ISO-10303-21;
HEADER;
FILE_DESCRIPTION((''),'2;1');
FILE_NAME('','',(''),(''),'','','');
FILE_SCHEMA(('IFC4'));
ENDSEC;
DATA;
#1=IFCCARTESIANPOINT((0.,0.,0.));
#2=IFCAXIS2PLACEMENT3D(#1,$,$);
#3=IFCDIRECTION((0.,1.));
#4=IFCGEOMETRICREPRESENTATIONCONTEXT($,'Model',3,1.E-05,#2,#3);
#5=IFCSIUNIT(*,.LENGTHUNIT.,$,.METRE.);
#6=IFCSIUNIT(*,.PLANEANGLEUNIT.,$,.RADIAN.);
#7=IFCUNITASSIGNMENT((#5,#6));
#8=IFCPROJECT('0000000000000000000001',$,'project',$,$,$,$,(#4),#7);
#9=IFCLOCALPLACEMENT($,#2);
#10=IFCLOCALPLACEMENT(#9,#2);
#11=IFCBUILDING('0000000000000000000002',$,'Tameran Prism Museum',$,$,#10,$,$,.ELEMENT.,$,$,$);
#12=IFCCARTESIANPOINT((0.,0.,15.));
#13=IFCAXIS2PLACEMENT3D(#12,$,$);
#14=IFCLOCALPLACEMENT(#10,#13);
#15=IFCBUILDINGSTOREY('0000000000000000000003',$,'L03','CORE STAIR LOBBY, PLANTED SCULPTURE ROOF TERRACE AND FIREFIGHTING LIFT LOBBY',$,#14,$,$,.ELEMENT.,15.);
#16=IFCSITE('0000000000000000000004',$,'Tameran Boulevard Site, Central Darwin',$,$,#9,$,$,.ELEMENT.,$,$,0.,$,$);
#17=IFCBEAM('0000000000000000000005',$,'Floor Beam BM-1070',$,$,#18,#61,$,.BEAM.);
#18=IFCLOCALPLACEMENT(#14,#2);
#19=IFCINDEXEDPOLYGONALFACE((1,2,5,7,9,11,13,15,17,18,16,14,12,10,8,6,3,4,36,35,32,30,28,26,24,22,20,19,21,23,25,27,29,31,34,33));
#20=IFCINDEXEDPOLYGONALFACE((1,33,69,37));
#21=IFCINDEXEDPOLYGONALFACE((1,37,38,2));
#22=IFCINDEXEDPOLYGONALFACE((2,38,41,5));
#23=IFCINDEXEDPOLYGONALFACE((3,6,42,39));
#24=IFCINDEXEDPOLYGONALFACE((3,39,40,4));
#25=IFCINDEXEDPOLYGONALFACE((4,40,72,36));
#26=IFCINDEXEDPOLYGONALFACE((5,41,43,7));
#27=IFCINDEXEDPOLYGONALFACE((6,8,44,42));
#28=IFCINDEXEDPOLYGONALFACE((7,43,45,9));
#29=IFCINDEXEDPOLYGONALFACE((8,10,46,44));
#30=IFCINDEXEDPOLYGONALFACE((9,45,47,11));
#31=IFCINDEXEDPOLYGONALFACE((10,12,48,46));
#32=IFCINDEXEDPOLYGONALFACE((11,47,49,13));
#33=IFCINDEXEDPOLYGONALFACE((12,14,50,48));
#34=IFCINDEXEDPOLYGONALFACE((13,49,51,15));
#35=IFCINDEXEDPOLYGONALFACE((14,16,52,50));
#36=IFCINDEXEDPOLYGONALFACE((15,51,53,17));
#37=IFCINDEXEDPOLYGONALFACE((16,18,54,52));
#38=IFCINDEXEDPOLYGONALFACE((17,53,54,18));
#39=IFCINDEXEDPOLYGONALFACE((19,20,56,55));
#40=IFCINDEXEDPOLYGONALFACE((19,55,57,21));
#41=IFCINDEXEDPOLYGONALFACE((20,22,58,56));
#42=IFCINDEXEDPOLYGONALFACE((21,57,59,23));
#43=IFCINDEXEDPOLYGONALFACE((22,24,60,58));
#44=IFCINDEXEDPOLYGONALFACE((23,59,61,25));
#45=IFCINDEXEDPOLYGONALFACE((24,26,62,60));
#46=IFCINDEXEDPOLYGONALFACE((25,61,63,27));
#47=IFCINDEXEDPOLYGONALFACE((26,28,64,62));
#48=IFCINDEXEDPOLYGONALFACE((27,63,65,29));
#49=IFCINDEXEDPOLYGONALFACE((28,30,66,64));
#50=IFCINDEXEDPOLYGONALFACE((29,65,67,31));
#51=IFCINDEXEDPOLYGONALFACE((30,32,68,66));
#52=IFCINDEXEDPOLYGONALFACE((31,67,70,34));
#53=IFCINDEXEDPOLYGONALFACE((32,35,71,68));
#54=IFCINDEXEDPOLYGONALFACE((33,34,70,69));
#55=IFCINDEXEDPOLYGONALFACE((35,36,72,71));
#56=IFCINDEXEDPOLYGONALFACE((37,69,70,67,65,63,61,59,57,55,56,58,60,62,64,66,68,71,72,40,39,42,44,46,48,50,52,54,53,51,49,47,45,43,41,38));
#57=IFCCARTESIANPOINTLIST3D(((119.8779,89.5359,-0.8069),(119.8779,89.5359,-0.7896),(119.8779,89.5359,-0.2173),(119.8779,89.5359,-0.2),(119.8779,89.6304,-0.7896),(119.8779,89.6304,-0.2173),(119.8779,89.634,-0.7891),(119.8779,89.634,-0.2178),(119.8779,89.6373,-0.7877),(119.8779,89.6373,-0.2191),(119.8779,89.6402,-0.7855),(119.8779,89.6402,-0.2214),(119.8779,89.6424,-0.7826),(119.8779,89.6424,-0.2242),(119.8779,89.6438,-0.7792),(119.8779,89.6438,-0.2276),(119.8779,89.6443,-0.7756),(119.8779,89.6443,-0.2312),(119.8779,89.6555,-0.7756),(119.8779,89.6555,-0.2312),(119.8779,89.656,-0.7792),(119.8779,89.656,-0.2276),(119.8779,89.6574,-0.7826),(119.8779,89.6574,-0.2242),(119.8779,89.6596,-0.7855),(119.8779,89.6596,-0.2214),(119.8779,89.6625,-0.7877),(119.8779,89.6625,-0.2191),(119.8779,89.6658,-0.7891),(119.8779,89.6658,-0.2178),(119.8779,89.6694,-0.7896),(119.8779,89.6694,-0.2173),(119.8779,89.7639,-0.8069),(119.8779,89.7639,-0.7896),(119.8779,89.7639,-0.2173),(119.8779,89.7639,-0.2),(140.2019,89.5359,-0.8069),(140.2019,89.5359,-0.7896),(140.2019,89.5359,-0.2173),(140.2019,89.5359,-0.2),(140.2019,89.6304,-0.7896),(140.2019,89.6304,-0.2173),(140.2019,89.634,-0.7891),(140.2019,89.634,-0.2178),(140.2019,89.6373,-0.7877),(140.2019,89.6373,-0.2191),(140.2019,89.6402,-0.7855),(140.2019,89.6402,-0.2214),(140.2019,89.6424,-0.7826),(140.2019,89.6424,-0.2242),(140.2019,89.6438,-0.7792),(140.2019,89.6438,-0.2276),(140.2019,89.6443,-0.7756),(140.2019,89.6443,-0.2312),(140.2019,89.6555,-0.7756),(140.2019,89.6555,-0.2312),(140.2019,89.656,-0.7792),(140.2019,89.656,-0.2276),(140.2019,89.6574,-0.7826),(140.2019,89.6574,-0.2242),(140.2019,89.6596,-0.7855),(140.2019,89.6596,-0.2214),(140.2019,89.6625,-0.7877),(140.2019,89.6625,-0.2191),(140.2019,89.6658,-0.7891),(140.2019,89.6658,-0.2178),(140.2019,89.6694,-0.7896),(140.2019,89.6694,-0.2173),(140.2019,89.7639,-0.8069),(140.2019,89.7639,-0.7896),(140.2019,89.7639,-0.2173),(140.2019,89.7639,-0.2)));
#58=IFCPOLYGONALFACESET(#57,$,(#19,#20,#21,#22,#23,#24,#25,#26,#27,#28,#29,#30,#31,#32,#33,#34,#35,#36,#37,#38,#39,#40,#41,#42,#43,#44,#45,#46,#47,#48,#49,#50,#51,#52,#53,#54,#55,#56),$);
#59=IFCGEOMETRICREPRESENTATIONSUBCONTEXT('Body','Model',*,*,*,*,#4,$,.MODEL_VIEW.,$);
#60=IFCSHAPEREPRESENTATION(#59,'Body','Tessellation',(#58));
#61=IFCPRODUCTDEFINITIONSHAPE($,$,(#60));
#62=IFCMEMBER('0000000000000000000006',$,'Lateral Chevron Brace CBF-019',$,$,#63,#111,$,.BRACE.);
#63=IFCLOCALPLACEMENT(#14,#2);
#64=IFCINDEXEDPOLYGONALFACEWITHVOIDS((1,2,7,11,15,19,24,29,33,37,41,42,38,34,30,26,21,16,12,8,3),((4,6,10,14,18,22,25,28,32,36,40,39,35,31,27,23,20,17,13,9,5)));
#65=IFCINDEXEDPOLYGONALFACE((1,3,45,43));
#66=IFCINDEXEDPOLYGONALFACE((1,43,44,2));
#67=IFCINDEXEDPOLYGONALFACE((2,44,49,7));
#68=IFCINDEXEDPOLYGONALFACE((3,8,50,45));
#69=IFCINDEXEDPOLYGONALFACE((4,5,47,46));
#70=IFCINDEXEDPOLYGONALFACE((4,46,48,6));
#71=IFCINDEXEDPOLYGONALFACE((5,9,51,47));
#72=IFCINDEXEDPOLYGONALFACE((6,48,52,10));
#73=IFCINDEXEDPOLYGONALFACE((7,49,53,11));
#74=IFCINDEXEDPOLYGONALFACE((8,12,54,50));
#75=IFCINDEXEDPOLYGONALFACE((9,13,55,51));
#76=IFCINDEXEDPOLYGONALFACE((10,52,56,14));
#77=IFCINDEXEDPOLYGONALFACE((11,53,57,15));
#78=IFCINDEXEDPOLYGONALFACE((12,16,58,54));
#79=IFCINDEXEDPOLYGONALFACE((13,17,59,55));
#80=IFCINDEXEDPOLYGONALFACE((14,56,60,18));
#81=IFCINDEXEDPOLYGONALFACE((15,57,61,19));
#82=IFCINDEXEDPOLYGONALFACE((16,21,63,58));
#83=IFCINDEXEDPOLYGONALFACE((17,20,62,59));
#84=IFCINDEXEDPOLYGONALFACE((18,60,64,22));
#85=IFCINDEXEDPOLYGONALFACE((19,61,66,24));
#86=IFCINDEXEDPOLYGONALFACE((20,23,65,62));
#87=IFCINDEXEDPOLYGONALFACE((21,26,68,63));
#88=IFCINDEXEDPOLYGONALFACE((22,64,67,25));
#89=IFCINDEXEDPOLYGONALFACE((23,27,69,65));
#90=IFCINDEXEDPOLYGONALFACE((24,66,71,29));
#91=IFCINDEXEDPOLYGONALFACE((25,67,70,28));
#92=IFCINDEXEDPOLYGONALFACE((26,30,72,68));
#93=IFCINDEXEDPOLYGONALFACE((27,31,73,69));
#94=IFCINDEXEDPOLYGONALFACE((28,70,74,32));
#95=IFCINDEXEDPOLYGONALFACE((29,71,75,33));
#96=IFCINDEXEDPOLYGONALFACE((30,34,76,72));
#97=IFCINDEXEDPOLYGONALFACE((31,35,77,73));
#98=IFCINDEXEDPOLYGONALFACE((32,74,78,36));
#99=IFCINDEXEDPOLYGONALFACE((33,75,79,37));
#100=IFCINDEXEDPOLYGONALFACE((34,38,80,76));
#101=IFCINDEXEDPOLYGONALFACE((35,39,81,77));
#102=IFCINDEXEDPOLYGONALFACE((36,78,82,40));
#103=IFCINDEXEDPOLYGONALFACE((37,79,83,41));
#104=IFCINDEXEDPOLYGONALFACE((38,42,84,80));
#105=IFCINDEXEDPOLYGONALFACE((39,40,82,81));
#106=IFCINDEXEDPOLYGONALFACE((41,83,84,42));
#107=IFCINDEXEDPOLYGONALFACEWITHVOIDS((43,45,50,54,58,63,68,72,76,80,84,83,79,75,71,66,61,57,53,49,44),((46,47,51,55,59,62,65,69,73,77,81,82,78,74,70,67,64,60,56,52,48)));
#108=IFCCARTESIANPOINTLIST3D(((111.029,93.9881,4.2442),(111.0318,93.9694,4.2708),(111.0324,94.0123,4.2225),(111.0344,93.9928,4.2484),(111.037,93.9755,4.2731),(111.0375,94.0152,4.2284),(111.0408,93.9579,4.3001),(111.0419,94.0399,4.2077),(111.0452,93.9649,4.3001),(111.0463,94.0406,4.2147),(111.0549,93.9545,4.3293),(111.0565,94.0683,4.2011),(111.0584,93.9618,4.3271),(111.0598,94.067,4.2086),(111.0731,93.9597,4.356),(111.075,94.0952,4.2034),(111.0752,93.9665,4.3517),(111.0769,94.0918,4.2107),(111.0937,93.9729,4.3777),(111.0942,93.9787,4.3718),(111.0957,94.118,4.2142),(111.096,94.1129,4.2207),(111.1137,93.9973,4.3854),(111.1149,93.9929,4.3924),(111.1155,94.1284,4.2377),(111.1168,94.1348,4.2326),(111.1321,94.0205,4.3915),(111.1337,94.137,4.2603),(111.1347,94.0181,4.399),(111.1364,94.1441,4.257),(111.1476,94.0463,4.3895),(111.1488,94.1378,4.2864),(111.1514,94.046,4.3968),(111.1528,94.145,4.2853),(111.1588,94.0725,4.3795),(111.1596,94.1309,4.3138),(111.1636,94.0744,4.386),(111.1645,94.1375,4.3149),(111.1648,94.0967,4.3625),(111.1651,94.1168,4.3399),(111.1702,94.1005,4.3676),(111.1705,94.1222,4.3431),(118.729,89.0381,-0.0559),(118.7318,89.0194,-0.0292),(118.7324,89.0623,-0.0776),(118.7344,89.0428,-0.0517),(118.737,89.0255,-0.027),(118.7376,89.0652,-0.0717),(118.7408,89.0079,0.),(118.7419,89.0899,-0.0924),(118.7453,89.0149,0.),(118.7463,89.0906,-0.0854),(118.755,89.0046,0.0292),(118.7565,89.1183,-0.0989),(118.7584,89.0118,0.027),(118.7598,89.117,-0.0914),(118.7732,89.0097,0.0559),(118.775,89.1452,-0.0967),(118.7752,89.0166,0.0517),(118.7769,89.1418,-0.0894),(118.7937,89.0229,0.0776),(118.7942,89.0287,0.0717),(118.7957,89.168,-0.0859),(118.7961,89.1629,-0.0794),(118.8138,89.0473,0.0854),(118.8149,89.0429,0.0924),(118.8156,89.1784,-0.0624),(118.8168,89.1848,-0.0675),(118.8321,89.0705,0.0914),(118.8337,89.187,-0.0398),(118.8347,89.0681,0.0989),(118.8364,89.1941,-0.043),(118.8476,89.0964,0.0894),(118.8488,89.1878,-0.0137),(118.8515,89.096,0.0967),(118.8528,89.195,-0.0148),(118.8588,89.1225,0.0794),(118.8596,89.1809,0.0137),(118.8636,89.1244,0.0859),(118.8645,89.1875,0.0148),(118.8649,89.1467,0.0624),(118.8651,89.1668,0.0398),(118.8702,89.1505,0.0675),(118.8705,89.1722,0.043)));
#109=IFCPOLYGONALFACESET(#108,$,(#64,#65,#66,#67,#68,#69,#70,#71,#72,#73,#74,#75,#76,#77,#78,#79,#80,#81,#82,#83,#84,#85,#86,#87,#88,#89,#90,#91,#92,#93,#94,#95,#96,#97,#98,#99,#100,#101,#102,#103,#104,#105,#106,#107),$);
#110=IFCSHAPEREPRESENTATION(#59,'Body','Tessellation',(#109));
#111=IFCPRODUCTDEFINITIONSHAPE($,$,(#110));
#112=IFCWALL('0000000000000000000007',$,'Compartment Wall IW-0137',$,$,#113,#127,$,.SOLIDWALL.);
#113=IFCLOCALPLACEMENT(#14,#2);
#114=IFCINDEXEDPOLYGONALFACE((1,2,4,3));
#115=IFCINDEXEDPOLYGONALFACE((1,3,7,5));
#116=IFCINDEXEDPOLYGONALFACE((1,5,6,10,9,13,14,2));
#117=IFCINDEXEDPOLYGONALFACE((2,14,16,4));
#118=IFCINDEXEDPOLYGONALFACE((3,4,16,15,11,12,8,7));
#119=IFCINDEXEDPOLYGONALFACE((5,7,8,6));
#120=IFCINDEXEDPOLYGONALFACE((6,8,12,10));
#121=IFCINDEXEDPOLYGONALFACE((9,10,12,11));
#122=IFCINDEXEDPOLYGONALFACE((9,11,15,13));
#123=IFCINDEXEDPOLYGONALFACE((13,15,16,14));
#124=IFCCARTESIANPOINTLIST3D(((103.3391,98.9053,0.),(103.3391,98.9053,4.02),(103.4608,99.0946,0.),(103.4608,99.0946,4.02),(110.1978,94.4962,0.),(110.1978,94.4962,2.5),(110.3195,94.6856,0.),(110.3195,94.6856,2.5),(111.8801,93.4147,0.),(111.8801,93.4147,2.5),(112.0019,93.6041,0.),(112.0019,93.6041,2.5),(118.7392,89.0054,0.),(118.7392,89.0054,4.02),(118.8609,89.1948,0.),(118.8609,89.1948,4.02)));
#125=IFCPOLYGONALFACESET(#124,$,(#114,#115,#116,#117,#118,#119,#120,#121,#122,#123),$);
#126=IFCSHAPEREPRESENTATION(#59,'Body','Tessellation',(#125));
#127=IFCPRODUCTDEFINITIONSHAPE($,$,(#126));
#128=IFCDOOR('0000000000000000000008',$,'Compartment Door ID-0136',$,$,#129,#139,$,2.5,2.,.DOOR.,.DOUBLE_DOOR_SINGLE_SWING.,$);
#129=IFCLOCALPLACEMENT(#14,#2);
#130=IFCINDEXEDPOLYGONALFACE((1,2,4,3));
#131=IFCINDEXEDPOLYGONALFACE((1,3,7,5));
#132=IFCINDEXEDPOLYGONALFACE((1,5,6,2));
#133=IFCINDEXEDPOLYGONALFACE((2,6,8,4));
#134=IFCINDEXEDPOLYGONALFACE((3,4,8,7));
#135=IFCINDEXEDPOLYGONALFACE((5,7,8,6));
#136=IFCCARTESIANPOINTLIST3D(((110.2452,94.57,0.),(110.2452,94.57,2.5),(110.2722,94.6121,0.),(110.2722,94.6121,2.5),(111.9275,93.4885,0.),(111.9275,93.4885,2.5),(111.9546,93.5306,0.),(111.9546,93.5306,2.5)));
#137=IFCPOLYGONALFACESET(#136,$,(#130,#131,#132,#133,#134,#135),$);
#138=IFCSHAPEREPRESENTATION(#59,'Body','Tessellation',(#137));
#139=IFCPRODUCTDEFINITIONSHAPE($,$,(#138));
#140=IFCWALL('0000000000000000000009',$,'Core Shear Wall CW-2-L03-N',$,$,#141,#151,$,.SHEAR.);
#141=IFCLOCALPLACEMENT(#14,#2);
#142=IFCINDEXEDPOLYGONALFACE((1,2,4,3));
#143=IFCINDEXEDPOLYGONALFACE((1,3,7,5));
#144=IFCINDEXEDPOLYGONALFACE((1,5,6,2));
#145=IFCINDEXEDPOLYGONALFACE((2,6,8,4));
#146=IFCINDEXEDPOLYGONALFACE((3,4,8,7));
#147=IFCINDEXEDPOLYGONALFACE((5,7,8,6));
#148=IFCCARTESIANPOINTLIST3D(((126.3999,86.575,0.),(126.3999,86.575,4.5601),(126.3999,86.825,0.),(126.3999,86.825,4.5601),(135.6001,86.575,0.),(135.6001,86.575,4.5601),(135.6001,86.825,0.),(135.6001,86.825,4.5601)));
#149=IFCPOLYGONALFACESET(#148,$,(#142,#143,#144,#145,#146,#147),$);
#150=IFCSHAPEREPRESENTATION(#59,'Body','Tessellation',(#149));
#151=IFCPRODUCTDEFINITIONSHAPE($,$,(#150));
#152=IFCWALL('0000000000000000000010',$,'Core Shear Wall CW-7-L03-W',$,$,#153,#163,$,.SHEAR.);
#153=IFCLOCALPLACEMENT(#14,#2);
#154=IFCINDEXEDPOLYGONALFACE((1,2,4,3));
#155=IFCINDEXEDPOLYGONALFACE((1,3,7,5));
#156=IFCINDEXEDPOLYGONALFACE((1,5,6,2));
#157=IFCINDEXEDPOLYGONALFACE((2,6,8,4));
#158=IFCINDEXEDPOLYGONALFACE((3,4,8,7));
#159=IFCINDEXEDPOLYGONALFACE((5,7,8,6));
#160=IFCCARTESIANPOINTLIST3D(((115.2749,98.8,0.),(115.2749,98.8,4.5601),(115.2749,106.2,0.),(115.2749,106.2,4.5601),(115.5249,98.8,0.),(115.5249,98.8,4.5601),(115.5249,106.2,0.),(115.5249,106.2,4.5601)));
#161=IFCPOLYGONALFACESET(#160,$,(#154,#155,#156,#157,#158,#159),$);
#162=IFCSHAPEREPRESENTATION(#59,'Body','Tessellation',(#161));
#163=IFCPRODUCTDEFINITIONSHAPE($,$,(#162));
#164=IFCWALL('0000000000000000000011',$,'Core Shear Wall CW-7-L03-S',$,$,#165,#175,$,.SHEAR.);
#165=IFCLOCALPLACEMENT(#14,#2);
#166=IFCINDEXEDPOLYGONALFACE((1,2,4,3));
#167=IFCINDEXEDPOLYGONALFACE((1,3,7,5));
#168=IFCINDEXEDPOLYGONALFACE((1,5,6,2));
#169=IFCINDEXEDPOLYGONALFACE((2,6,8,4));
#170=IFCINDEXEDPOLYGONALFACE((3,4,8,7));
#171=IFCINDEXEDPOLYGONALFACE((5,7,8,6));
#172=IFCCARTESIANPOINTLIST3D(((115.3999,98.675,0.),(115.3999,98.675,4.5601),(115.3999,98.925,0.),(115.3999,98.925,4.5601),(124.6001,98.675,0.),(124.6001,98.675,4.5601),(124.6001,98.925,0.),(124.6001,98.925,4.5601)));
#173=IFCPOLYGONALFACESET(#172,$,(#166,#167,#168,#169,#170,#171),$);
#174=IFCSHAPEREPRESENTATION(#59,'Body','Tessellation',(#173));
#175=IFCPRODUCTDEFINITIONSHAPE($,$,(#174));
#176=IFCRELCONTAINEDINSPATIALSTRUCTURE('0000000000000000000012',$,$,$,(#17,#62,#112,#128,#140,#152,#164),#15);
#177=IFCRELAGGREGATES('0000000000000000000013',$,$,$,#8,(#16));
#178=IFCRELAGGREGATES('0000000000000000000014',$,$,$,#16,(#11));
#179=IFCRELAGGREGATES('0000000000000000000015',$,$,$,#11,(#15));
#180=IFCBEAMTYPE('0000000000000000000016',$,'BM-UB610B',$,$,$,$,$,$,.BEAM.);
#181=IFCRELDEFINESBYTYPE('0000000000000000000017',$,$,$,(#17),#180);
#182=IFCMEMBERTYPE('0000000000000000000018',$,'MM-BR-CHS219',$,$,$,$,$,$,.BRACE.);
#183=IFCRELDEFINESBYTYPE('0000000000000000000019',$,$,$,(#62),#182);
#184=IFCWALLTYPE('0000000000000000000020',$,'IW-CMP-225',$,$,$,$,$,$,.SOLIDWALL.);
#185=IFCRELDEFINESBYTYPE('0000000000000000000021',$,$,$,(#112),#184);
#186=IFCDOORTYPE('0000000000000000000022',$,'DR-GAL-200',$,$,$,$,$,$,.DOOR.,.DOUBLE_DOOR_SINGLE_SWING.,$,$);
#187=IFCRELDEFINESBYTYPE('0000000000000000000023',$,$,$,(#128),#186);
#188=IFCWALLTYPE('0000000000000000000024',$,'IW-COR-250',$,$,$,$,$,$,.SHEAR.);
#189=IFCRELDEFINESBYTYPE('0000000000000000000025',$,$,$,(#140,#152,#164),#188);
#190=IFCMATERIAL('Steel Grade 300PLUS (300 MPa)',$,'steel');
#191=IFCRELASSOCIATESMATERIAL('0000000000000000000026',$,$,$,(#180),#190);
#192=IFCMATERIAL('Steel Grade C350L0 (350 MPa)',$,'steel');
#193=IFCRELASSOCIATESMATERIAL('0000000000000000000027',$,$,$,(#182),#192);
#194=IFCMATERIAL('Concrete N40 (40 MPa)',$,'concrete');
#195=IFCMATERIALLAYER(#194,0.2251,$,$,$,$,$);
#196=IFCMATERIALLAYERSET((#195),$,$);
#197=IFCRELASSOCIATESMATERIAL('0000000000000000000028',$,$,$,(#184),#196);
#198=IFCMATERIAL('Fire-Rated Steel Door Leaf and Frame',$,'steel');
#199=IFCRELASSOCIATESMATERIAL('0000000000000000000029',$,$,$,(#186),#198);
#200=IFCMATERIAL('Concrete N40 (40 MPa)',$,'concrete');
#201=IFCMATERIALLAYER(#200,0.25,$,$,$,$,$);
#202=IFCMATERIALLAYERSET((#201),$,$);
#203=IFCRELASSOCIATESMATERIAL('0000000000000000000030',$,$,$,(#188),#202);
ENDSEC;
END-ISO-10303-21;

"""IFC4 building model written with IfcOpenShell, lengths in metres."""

from ifc_helpers import new_model, si_unit, direction, frame, frame_2d, origin, origin_2d, place, context, subcontext, project, spatial, rectangle, hollow_circle, i_section, extrude, material, layer, layer_set, material_profile, profile_set, type_object, element, fill, save


model = new_model("IFC4")

# Units and contexts
model_context = context("Model", 3, precision=1e-05, world=origin(), true_north=direction((0.0, 1.0)))
body_context = subcontext(model_context, "Body", "Model", "MODEL_VIEW")
ifc_project = project(units=[si_unit("LENGTHUNIT", "METRE"), si_unit("PLANEANGLEUNIT", "RADIAN")], contexts=[model_context])

# Site, building, storey
site_placement = place(None, origin())
site = spatial("IfcSite", under=ifc_project, at=site_placement, Name="Tameran Boulevard Site, Central Darwin", CompositionType="ELEMENT", RefElevation=0.0)
building_placement = place(site_placement, origin())
building = spatial("IfcBuilding", under=site, at=building_placement, Name="Tameran Prism Museum", CompositionType="ELEMENT")
storey_placement = place(building_placement, frame((0.0, 0.0, 15.0)))
storey = spatial("IfcBuildingStorey", under=building, at=storey_placement, Name="L03", Description="CORE STAIR LOBBY, PLANTED SCULPTURE ROOF TERRACE AND FIREFIGHTING LIFT LOBBY", CompositionType="ELEMENT", Elevation=15.0)

# Beam
ifc_material_1 = material(Name="Steel Grade 300PLUS (300 MPa)", Category="steel")
ifc_material_profile_1 = material_profile(ifc_material_1, i_section(OverallWidth=0.228, OverallDepth=0.6069, WebThickness=0.0112, FlangeThickness=0.0173, FilletRadius=0.0139, at=origin_2d()))
ifc_profile_set_1 = profile_set([ifc_material_profile_1])
beam_type_1 = type_object("IfcBeamType", Name="BM-UB610B", PredefinedType="BEAM", material=ifc_profile_set_1)
beam_1_placement = place(storey_placement, frame((119.8779, 89.6499, -0.5034), z_axis=(1.0, 0.0, 0.0), x_axis=(0.0, 1.0, 0.0)))
element("IfcBeam", 1, at=beam_1_placement, inside=storey, type_object=beam_type_1, Name="Floor Beam BM-1070", PredefinedType="BEAM", context=body_context, shape_type="SweptSolid", body=[
    extrude(i_section(OverallWidth=0.228, OverallDepth=0.6069, WebThickness=0.0112, FlangeThickness=0.0173, FilletRadius=0.0139, at=origin_2d()), origin(), (0.0, 0.0, 1.0), 20.324),
])

# Member
ifc_material_2 = material(Name="Steel Grade C350L0 (350 MPa)", Category="steel")
ifc_material_profile_2 = material_profile(ifc_material_2, hollow_circle(Radius=0.1096, WallThickness=0.0083, at=origin_2d()))
ifc_profile_set_2 = profile_set([ifc_material_profile_2])
member_type = type_object("IfcMemberType", Name="MM-BR-CHS219", PredefinedType="BRACE", material=ifc_profile_set_2)
member_placement = place(storey_placement, frame((118.8, 89.1001, 0.0), z_axis=(-0.761358, 0.489443, 0.425182), x_axis=(-0.540756, -0.841179, 0.0)))
element("IfcMember", 2, at=member_placement, inside=storey, type_object=member_type, Name="Lateral Chevron Brace CBF-019", PredefinedType="BRACE", context=body_context, shape_type="SweptSolid", body=[
    extrude(hollow_circle(Radius=0.1096, WallThickness=0.0083, at=origin_2d()), origin(), (0.0, 0.0, 1.0), 10.1135),
])

# Wall, opening, door
ifc_material_3 = material(Name="Concrete N40 (40 MPa)", Category="concrete")
ifc_layer_1 = layer(ifc_material_3, 0.2251)
ifc_layer_set_1 = layer_set([ifc_layer_1])
wall_type_1 = type_object("IfcWallType", Name="IW-CMP-225", PredefinedType="SOLIDWALL", material=ifc_layer_set_1)
wall_1_placement = place(storey_placement, frame((118.8, 89.1001, 0.0), z_axis=(0.0, 0.0, 1.0), x_axis=(-0.841183, 0.54075, 0.0)))
wall_1 = element("IfcWall", 3, at=wall_1_placement, inside=storey, type_object=wall_type_1, Name="Compartment Wall IW-0137", PredefinedType="SOLIDWALL", context=body_context, shape_type="SweptSolid", body=[
    extrude(rectangle(XDim=18.3076, YDim=0.2251, at=frame_2d((9.1538, 0.0))), origin(), (0.0, 0.0, 1.0), 4.02),
])
opening_1_placement = place(wall_1_placement, frame((8.1541, 0.0, 0.0)))
opening_1 = element("IfcOpeningElement", 4, at=opening_1_placement, cuts=wall_1, PredefinedType="OPENING", context=body_context, shape_type="SweptSolid", body=[
    extrude(rectangle(XDim=2.0, YDim=2.5, at=frame_2d((1.0, 1.25))), frame((0.0, 0.1226, 0.0), z_axis=(0.0, -1.0, 0.0), x_axis=(1.0, 0.0, 0.0)), (0.0, 0.0, 1.0), 0.2451),
])
ifc_material_4 = material(Name="Fire-Rated Steel Door Leaf and Frame", Category="steel")
door_type_1 = type_object("IfcDoorType", Name="DR-GAL-200", OperationType="DOUBLE_DOOR_SINGLE_SWING", PredefinedType="DOOR", material=ifc_material_4)
door_1_placement = place(opening_1_placement, origin())
door_1 = element("IfcDoor", 5, at=door_1_placement, inside=storey, type_object=door_type_1, Name="Compartment Door ID-0136", OperationType="DOUBLE_DOOR_SINGLE_SWING", OverallHeight=2.5, OverallWidth=2.0, PredefinedType="DOOR", context=body_context, shape_type="SweptSolid", body=[
    extrude(rectangle(XDim=2.0, YDim=2.5, at=frame_2d((1.0, 1.25))), frame((0.0, 0.0249, 0.0), z_axis=(0.0, -1.0, 0.0), x_axis=(1.0, 0.0, 0.0)), (0.0, 0.0, 1.0), 0.05),
])
fill(opening_1, door_1)

# Walls
ifc_material_5 = material(Name="Concrete N40 (40 MPa)", Category="concrete")
ifc_layer_2 = layer(ifc_material_5, 0.25)
ifc_layer_set_2 = layer_set([ifc_layer_2])
wall_type_2 = type_object("IfcWallType", Name="IW-COR-250", PredefinedType="SHEAR", material=ifc_layer_set_2)
wall_2_placement = place(storey_placement, frame((126.3999, 86.7, 0.0), z_axis=(0.0, 0.0, 1.0), x_axis=(1.0, 0.0, 0.0)))
element("IfcWall", 6, at=wall_2_placement, inside=storey, type_object=wall_type_2, Name="Core Shear Wall CW-2-L03-N", PredefinedType="SHEAR", context=body_context, shape_type="SweptSolid", body=[
    extrude(rectangle(XDim=9.2002, YDim=0.25, at=frame_2d((4.6001, 0.0))), origin(), (0.0, 0.0, 1.0), 4.5601),
])
wall_3_placement = place(storey_placement, frame((115.3999, 98.8, 0.0), z_axis=(0.0, 0.0, 1.0), x_axis=(0.0, 1.0, 0.0)))
element("IfcWall", 7, at=wall_3_placement, inside=storey, type_object=wall_type_2, Name="Core Shear Wall CW-7-L03-W", PredefinedType="SHEAR", context=body_context, shape_type="SweptSolid", body=[
    extrude(rectangle(XDim=7.3999, YDim=0.25, at=frame_2d((3.7, 0.0))), origin(), (0.0, 0.0, 1.0), 4.5601),
])
wall_4_placement = place(storey_placement, frame((124.6001, 98.8, 0.0), z_axis=(0.0, 0.0, 1.0), x_axis=(-1.0, 0.0, 0.0)))
element("IfcWall", 8, at=wall_4_placement, inside=storey, type_object=wall_type_2, Name="Core Shear Wall CW-7-L03-S", PredefinedType="SHEAR", context=body_context, shape_type="SweptSolid", body=[
    extrude(rectangle(XDim=9.2002, YDim=0.25, at=frame_2d((4.6001, 0.0))), origin(), (0.0, 0.0, 1.0), 4.5601),
])

save(model, "model.ifc")
